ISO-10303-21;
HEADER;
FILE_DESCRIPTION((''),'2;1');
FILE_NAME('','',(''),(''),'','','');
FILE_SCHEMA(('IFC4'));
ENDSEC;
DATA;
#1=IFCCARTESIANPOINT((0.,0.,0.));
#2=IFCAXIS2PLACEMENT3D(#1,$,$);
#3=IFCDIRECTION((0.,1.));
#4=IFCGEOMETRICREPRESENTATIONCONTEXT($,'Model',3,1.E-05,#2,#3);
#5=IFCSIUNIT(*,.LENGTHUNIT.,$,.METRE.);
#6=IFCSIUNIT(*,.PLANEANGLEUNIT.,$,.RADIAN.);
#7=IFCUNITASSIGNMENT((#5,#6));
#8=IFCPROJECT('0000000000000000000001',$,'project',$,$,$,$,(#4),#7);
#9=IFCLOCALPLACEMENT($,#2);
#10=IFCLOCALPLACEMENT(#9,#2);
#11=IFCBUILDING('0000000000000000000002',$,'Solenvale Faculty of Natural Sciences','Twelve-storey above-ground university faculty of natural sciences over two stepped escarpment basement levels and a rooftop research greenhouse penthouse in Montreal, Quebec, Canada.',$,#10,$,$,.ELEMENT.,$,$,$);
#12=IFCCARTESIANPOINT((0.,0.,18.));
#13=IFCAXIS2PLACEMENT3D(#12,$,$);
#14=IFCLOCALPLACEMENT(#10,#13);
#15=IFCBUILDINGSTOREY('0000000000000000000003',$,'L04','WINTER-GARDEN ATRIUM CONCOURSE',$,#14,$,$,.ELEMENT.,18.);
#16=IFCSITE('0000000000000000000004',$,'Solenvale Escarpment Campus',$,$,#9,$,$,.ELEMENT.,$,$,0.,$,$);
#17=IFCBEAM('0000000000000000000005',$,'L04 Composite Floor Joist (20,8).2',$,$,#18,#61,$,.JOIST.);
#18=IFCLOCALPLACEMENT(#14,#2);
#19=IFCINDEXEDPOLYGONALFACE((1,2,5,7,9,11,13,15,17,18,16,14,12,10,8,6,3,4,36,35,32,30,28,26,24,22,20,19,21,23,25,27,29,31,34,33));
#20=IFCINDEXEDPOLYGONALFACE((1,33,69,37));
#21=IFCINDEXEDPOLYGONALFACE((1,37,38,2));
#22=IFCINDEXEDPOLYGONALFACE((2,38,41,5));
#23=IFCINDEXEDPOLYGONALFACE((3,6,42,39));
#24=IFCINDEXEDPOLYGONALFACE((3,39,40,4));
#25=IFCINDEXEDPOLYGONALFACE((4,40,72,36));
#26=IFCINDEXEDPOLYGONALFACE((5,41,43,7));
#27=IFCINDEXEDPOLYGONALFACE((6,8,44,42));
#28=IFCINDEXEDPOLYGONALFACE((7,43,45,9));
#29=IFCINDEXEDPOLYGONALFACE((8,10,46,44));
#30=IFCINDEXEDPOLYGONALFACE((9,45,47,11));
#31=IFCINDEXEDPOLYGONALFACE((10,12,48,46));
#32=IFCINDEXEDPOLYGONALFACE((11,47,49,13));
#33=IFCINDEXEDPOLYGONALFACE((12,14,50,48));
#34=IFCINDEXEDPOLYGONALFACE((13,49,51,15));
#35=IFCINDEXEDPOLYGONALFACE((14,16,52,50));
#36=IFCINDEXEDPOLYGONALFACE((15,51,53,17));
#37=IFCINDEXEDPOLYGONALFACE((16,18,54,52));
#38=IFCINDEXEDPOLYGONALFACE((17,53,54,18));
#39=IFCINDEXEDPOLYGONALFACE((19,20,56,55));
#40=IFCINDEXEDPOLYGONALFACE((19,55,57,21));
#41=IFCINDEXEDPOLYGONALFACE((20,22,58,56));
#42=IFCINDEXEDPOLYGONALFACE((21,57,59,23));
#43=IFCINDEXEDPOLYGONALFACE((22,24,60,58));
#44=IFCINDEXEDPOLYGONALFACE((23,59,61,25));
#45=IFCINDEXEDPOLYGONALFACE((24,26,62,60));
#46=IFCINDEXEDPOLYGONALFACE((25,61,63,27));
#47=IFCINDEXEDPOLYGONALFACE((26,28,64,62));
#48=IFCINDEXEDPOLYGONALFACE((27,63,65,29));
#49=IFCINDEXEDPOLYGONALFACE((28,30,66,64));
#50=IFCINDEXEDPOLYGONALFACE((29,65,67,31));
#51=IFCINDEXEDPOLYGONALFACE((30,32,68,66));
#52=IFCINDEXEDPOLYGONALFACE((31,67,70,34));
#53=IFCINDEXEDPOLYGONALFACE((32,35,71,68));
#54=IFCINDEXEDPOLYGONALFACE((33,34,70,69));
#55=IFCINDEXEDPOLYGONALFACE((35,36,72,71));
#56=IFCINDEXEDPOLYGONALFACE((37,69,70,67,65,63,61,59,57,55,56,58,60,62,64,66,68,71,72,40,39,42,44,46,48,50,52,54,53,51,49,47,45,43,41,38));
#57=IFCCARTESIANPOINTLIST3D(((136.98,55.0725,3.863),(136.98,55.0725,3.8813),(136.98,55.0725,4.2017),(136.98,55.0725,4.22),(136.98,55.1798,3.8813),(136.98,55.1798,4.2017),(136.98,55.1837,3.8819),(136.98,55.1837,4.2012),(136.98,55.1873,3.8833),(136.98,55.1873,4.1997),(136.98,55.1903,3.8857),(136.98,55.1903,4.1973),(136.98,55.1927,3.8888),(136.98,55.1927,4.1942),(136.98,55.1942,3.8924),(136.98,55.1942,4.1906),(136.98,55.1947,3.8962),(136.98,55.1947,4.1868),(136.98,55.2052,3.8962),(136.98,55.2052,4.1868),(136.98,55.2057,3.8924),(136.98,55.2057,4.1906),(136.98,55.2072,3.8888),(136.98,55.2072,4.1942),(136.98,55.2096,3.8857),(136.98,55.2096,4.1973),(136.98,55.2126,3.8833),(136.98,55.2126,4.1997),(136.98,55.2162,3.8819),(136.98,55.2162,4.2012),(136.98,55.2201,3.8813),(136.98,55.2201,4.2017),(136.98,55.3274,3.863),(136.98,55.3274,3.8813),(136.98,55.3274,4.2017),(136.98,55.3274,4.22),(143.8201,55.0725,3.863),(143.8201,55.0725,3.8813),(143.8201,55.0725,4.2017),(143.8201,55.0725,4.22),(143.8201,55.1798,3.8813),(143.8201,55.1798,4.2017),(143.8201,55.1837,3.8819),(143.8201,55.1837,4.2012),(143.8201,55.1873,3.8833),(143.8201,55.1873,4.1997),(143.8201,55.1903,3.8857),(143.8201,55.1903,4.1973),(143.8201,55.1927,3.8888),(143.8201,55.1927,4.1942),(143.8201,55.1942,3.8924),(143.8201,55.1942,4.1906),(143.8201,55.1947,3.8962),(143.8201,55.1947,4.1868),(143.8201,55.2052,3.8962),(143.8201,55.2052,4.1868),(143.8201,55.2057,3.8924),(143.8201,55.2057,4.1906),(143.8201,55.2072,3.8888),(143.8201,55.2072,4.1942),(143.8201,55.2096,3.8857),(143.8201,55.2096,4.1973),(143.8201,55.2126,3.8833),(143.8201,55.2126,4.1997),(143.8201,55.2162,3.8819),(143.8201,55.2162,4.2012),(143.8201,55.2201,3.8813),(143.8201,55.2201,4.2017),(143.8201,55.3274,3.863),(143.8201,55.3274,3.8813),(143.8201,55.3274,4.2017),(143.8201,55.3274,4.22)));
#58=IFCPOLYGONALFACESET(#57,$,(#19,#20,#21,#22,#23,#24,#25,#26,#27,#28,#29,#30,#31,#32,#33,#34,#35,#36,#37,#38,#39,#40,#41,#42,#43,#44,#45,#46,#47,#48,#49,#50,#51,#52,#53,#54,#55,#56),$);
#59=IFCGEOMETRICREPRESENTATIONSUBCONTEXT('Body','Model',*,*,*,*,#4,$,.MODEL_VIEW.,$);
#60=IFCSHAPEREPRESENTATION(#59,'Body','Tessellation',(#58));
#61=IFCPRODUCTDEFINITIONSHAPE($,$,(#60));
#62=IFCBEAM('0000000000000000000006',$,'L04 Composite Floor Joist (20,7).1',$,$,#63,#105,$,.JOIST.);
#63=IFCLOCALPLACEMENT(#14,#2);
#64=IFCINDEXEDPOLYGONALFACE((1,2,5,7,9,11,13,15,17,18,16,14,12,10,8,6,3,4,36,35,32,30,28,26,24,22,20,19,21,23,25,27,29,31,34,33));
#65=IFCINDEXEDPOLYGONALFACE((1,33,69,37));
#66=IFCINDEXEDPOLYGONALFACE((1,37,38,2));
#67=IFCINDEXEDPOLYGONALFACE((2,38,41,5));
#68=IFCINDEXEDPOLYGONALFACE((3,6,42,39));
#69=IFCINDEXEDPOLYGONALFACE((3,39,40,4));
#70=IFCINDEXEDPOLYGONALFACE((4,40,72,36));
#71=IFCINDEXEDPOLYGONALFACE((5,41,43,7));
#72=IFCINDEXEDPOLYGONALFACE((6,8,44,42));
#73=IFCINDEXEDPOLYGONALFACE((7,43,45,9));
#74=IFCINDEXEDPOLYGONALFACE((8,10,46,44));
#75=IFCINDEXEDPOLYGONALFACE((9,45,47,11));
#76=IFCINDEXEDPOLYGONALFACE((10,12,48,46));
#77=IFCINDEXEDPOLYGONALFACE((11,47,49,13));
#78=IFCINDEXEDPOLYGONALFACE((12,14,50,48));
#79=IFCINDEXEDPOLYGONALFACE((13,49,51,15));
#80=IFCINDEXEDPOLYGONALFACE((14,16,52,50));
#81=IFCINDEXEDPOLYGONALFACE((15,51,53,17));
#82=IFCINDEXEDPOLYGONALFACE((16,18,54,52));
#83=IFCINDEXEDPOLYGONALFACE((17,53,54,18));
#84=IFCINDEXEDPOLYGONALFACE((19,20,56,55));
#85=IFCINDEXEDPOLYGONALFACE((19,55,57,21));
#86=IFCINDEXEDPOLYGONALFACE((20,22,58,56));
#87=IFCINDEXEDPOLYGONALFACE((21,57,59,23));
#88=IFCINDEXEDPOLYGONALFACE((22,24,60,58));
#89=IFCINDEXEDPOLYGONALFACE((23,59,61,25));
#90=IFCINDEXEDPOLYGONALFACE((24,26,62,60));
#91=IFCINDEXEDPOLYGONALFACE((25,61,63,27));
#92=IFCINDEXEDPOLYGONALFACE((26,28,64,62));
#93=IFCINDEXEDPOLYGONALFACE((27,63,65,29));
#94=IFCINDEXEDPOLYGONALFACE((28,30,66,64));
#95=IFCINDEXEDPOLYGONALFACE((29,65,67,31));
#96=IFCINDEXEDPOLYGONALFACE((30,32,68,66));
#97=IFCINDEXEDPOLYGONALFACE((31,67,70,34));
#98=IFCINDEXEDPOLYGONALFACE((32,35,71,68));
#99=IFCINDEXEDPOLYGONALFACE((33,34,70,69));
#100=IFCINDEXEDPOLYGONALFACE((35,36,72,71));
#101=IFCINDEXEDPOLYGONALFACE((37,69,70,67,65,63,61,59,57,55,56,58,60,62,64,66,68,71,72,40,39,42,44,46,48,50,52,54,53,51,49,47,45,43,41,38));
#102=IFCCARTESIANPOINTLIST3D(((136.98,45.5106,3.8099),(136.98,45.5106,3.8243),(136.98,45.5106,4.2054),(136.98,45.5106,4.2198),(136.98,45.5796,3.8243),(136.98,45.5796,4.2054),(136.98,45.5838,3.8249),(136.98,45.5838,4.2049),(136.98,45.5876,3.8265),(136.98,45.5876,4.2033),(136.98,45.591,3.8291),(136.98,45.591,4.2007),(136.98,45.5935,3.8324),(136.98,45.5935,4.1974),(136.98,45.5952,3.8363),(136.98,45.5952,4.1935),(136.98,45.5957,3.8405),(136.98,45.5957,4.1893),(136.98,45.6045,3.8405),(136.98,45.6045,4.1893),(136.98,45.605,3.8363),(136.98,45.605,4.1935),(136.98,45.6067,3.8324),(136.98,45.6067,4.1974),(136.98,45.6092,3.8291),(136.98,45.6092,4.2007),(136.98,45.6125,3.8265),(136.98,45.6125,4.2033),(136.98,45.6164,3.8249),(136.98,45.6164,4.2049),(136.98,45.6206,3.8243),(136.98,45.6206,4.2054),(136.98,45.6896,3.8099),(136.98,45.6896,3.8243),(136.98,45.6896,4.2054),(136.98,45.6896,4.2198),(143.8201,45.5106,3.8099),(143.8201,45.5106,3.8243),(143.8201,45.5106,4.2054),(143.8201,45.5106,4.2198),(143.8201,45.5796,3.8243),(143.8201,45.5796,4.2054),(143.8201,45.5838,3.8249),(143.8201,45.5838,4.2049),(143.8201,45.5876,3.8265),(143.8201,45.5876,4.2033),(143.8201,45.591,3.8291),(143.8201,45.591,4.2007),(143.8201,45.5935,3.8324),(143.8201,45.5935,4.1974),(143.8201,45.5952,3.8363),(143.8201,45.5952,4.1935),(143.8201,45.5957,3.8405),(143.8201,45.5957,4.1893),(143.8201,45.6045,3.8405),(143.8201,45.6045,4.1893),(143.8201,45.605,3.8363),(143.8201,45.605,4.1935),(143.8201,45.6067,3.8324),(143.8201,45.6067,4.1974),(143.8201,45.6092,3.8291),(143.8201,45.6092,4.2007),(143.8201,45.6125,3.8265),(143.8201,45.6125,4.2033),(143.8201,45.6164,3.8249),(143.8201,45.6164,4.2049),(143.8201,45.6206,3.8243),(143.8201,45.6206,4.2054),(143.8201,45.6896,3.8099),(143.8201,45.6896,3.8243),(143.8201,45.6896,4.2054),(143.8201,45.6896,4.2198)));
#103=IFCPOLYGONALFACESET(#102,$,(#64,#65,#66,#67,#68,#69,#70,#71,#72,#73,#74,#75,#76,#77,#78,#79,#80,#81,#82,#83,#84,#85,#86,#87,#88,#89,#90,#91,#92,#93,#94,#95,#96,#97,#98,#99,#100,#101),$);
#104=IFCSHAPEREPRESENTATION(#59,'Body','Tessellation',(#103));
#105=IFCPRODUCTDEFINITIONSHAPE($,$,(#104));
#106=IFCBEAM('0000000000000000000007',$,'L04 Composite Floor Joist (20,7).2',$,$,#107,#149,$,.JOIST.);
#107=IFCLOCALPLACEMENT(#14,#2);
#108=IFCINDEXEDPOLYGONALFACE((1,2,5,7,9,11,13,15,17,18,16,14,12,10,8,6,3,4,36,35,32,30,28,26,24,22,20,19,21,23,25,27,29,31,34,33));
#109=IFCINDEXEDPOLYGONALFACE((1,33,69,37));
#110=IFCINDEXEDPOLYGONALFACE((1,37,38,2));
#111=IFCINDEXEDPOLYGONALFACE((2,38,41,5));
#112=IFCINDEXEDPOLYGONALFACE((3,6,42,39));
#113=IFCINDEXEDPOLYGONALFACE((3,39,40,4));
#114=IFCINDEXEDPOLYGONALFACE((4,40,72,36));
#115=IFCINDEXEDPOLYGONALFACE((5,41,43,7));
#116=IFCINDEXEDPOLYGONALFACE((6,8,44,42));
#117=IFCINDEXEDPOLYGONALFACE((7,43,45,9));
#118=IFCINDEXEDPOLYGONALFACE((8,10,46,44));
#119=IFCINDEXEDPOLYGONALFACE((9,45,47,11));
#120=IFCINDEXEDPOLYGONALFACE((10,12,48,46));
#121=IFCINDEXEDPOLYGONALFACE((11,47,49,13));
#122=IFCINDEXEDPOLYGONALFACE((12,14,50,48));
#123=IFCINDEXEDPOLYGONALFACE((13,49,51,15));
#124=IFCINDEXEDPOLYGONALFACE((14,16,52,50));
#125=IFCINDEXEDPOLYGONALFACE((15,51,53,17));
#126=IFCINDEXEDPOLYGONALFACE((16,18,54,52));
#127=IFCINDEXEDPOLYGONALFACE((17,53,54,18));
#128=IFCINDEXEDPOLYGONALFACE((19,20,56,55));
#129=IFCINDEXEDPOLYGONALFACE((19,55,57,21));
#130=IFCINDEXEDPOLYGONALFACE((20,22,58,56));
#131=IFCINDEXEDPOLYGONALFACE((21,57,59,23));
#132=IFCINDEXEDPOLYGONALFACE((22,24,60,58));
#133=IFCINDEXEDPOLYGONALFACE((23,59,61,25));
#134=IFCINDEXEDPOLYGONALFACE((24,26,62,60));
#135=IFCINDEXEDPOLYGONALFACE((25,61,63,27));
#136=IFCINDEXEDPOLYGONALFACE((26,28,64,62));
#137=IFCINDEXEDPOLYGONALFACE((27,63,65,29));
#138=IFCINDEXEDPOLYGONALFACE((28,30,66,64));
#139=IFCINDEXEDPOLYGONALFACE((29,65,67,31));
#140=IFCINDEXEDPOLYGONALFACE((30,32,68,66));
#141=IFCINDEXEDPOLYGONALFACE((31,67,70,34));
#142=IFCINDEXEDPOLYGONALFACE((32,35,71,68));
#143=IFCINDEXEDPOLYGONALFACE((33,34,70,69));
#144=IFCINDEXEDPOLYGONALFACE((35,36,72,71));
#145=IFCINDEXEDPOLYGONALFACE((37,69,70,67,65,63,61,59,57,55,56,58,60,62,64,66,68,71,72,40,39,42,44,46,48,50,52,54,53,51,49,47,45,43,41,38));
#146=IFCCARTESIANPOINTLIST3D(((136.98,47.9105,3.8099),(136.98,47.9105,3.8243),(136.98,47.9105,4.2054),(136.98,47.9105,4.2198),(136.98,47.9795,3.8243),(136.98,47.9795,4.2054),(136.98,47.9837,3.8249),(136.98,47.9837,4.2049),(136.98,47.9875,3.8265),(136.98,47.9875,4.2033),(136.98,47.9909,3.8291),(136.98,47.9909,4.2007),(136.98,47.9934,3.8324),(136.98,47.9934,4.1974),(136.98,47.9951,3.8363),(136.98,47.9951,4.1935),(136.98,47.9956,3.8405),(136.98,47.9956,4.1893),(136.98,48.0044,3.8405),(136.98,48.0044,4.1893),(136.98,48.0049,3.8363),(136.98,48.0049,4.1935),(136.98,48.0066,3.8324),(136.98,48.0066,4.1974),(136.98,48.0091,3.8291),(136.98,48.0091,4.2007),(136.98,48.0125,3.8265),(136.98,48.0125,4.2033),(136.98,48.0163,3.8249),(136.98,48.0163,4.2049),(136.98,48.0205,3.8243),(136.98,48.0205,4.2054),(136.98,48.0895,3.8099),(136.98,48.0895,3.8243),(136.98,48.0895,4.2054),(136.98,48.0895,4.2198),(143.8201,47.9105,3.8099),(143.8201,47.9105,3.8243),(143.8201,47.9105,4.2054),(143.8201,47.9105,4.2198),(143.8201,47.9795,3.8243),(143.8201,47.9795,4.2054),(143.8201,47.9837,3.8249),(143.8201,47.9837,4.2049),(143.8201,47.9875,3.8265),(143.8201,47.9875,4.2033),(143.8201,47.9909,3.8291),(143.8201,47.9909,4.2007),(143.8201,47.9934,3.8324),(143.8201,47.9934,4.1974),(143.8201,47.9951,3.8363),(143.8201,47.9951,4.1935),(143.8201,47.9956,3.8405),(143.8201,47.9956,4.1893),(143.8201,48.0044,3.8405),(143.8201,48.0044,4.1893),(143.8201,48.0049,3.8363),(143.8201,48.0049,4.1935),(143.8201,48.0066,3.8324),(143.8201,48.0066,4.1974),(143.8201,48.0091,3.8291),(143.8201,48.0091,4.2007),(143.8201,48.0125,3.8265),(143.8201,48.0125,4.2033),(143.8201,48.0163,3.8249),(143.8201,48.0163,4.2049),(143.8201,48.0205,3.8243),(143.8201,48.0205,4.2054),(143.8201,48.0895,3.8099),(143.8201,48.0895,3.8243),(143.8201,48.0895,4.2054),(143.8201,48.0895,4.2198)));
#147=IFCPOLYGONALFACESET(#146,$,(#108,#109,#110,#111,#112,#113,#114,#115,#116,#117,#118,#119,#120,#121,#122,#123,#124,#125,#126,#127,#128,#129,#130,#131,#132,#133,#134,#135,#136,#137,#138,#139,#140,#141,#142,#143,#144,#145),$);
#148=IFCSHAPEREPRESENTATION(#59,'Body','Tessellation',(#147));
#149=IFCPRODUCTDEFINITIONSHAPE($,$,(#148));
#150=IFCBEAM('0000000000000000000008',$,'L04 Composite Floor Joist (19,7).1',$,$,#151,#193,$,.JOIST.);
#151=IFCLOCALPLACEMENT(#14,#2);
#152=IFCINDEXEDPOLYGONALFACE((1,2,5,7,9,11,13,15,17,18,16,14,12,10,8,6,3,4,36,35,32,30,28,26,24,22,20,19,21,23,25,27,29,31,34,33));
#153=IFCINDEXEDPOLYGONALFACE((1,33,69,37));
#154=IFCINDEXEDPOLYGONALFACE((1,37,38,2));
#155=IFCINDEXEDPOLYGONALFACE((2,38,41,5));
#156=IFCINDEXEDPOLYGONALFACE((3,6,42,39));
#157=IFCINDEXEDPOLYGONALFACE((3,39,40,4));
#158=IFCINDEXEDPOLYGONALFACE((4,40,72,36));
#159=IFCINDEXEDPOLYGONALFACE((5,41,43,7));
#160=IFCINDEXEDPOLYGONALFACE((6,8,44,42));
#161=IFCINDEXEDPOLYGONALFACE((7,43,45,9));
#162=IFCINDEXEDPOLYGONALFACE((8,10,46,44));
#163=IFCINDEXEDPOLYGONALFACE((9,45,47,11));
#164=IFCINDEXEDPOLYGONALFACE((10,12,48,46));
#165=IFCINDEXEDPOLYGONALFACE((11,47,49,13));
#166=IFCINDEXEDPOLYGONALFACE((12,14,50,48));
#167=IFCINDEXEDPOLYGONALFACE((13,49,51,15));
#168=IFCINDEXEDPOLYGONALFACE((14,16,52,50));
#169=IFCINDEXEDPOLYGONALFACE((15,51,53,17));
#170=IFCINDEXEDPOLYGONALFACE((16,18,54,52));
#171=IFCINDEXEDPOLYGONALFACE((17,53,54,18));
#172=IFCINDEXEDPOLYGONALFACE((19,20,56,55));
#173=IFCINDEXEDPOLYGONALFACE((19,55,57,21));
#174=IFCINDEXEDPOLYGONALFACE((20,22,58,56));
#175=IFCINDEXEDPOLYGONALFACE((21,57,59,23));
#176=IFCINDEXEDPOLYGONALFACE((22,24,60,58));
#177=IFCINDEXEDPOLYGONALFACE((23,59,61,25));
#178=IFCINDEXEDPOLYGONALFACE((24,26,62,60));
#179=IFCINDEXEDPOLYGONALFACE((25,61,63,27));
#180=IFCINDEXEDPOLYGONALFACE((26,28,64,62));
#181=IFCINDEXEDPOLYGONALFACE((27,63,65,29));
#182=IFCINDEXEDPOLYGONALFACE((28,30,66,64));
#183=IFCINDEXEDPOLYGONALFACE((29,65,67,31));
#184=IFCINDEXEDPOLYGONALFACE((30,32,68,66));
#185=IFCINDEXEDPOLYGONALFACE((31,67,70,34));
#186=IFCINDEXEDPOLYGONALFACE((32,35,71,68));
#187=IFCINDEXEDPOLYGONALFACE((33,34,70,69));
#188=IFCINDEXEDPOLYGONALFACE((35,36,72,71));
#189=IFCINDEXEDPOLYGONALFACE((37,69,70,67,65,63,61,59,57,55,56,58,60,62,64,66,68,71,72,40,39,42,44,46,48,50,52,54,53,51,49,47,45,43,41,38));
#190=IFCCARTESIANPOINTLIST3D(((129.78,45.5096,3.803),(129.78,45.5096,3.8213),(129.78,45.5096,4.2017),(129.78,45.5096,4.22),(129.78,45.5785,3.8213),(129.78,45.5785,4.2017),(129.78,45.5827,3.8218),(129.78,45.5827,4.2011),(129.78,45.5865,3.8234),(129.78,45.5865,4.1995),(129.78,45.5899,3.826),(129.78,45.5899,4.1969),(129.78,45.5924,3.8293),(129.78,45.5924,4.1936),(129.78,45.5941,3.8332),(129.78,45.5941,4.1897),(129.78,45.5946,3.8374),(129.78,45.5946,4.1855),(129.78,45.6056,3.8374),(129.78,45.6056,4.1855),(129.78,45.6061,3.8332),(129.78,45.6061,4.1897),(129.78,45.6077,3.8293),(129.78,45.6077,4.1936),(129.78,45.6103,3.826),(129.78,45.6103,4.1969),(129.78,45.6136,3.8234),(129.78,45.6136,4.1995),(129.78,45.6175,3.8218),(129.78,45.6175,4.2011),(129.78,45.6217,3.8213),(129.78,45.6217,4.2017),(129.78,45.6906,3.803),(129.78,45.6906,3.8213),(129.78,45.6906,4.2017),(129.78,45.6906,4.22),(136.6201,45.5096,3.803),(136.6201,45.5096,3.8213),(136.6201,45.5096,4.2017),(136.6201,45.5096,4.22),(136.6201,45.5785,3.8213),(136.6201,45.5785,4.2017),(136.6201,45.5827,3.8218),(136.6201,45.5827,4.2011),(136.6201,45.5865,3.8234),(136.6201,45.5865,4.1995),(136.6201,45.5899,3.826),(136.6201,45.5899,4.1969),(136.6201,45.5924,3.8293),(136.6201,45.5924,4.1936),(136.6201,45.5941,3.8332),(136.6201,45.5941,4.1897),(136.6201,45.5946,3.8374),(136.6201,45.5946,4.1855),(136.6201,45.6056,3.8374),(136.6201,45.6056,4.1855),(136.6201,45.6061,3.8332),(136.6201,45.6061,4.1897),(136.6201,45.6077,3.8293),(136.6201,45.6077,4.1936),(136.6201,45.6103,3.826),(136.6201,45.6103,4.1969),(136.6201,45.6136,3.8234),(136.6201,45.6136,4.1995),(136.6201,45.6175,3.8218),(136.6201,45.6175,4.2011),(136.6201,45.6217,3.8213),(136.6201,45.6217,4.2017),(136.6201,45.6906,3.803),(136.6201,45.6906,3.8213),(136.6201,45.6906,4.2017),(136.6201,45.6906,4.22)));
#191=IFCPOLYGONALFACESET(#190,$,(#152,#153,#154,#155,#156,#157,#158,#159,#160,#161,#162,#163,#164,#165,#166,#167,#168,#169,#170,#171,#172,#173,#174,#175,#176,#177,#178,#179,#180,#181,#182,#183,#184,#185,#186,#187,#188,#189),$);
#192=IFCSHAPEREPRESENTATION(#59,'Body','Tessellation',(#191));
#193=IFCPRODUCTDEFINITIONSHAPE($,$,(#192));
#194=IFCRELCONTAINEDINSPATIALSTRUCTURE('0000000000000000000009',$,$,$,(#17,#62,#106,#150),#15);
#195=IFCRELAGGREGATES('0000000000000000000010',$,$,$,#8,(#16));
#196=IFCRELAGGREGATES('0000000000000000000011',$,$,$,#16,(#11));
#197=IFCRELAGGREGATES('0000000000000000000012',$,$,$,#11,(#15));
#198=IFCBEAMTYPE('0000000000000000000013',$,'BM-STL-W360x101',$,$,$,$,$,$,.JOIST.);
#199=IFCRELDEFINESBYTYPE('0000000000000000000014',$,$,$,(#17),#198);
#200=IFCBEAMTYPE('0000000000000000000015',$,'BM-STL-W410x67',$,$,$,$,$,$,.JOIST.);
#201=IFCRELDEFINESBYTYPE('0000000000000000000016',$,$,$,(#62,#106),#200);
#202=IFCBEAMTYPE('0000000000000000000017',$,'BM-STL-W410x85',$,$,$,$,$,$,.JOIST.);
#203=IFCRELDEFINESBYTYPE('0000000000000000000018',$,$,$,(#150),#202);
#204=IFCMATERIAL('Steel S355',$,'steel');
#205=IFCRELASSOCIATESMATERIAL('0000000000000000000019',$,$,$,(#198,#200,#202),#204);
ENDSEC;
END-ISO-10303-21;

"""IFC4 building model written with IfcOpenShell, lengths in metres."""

from ifc_helpers import new_model, si_unit, direction, frame, origin, origin_2d, place, context, subcontext, project, spatial, i_section, extrude, material, material_profile, profile_set, type_object, element, save


model = new_model("IFC4")

# Units and contexts
model_context = context("Model", 3, precision=1e-05, world=origin(), true_north=direction((0.0, 1.0)))
body_context = subcontext(model_context, "Body", "Model", "MODEL_VIEW")
ifc_project = project(units=[si_unit("LENGTHUNIT", "METRE"), si_unit("PLANEANGLEUNIT", "RADIAN")], contexts=[model_context])

# Site, building, storey
site_placement = place(None, origin())
site = spatial("IfcSite", under=ifc_project, at=site_placement, Name="Solenvale Escarpment Campus", CompositionType="ELEMENT", RefElevation=0.0)
building_placement = place(site_placement, origin())
building = spatial("IfcBuilding", under=site, at=building_placement, Name="Solenvale Faculty of Natural Sciences", Description="Twelve-storey above-ground university faculty of natural sciences over two stepped escarpment basement levels and a rooftop research greenhouse penthouse in Montreal, Quebec, Canada.", CompositionType="ELEMENT")
storey_placement = place(building_placement, frame((0.0, 0.0, 18.0)))
storey = spatial("IfcBuildingStorey", under=building, at=storey_placement, Name="L04", Description="WINTER-GARDEN ATRIUM CONCOURSE", CompositionType="ELEMENT", Elevation=18.0)

# Beams
ifc_material_1 = material(Name="Steel S355", Category="steel")
ifc_material_profile_1 = material_profile(ifc_material_1, i_section(OverallWidth=0.2549, OverallDepth=0.3569, WebThickness=0.0105, FlangeThickness=0.0183, FilletRadius=0.0149, at=origin_2d()), Name="W360x101")
ifc_profile_set_1 = profile_set([ifc_material_profile_1], Name="Steel S355")
beam_type_1 = type_object("IfcBeamType", Name="BM-STL-W360x101", PredefinedType="JOIST", material=ifc_profile_set_1)
for number, where, z_axis, x_axis, name in (
    (1, (136.98, 55.2, 4.0415), (1.0, 0.0, 0.0), (0.0, 1.0, 0.0), "L04 Composite Floor Joist (20,8).2"),
):
    element("IfcBeam", number, at=place(storey_placement, frame(where, z_axis=z_axis, x_axis=x_axis)), inside=storey, type_object=beam_type_1, Name=name, PredefinedType="JOIST", context=body_context, shape_type="SweptSolid", body=[
        extrude(i_section(OverallWidth=0.2549, OverallDepth=0.3569, WebThickness=0.0105, FlangeThickness=0.0183, FilletRadius=0.0149, at=origin_2d()), origin(), (0.0, 0.0, 1.0), 6.8401),
    ])
ifc_material_profile_2 = material_profile(ifc_material_1, i_section(OverallWidth=0.179, OverallDepth=0.4099, WebThickness=0.0088, FlangeThickness=0.0144, FilletRadius=0.0161, at=origin_2d()), Name="W410x67")
ifc_profile_set_2 = profile_set([ifc_material_profile_2], Name="Steel S355")
beam_type_2 = type_object("IfcBeamType", Name="BM-STL-W410x67", PredefinedType="JOIST", material=ifc_profile_set_2)
for number, where, z_axis, x_axis, name in (
    (2, (136.98, 45.6001, 4.0149), (1.0, 0.0, 0.0), (0.0, 1.0, 0.0), "L04 Composite Floor Joist (20,7).1"),
    (3, (136.98, 48.0, 4.0149), (1.0, 0.0, 0.0), (0.0, 1.0, 0.0), "L04 Composite Floor Joist (20,7).2"),
):
    element("IfcBeam", number, at=place(storey_placement, frame(where, z_axis=z_axis, x_axis=x_axis)), inside=storey, type_object=beam_type_2, Name=name, PredefinedType="JOIST", context=body_context, shape_type="SweptSolid", body=[
        extrude(i_section(OverallWidth=0.179, OverallDepth=0.4099, WebThickness=0.0088, FlangeThickness=0.0144, FilletRadius=0.0161, at=origin_2d()), origin(), (0.0, 0.0, 1.0), 6.8401),
    ])
ifc_material_profile_3 = material_profile(ifc_material_1, i_section(OverallWidth=0.1809, OverallDepth=0.417, WebThickness=0.011, FlangeThickness=0.0183, FilletRadius=0.0161, at=origin_2d()), Name="W410x85")
ifc_profile_set_3 = profile_set([ifc_material_profile_3], Name="Steel S355")
beam_type_3 = type_object("IfcBeamType", Name="BM-STL-W410x85", PredefinedType="JOIST", material=ifc_profile_set_3)
for number, where, z_axis, x_axis, name in (
    (4, (129.78, 45.6001, 4.0115), (1.0, 0.0, 0.0), (0.0, 1.0, 0.0), "L04 Composite Floor Joist (19,7).1"),
):
    element("IfcBeam", number, at=place(storey_placement, frame(where, z_axis=z_axis, x_axis=x_axis)), inside=storey, type_object=beam_type_3, Name=name, PredefinedType="JOIST", context=body_context, shape_type="SweptSolid", body=[
        extrude(i_section(OverallWidth=0.1809, OverallDepth=0.417, WebThickness=0.011, FlangeThickness=0.0183, FilletRadius=0.0161, at=origin_2d()), origin(), (0.0, 0.0, 1.0), 6.8401),
    ])

save(model, "model.ifc")
